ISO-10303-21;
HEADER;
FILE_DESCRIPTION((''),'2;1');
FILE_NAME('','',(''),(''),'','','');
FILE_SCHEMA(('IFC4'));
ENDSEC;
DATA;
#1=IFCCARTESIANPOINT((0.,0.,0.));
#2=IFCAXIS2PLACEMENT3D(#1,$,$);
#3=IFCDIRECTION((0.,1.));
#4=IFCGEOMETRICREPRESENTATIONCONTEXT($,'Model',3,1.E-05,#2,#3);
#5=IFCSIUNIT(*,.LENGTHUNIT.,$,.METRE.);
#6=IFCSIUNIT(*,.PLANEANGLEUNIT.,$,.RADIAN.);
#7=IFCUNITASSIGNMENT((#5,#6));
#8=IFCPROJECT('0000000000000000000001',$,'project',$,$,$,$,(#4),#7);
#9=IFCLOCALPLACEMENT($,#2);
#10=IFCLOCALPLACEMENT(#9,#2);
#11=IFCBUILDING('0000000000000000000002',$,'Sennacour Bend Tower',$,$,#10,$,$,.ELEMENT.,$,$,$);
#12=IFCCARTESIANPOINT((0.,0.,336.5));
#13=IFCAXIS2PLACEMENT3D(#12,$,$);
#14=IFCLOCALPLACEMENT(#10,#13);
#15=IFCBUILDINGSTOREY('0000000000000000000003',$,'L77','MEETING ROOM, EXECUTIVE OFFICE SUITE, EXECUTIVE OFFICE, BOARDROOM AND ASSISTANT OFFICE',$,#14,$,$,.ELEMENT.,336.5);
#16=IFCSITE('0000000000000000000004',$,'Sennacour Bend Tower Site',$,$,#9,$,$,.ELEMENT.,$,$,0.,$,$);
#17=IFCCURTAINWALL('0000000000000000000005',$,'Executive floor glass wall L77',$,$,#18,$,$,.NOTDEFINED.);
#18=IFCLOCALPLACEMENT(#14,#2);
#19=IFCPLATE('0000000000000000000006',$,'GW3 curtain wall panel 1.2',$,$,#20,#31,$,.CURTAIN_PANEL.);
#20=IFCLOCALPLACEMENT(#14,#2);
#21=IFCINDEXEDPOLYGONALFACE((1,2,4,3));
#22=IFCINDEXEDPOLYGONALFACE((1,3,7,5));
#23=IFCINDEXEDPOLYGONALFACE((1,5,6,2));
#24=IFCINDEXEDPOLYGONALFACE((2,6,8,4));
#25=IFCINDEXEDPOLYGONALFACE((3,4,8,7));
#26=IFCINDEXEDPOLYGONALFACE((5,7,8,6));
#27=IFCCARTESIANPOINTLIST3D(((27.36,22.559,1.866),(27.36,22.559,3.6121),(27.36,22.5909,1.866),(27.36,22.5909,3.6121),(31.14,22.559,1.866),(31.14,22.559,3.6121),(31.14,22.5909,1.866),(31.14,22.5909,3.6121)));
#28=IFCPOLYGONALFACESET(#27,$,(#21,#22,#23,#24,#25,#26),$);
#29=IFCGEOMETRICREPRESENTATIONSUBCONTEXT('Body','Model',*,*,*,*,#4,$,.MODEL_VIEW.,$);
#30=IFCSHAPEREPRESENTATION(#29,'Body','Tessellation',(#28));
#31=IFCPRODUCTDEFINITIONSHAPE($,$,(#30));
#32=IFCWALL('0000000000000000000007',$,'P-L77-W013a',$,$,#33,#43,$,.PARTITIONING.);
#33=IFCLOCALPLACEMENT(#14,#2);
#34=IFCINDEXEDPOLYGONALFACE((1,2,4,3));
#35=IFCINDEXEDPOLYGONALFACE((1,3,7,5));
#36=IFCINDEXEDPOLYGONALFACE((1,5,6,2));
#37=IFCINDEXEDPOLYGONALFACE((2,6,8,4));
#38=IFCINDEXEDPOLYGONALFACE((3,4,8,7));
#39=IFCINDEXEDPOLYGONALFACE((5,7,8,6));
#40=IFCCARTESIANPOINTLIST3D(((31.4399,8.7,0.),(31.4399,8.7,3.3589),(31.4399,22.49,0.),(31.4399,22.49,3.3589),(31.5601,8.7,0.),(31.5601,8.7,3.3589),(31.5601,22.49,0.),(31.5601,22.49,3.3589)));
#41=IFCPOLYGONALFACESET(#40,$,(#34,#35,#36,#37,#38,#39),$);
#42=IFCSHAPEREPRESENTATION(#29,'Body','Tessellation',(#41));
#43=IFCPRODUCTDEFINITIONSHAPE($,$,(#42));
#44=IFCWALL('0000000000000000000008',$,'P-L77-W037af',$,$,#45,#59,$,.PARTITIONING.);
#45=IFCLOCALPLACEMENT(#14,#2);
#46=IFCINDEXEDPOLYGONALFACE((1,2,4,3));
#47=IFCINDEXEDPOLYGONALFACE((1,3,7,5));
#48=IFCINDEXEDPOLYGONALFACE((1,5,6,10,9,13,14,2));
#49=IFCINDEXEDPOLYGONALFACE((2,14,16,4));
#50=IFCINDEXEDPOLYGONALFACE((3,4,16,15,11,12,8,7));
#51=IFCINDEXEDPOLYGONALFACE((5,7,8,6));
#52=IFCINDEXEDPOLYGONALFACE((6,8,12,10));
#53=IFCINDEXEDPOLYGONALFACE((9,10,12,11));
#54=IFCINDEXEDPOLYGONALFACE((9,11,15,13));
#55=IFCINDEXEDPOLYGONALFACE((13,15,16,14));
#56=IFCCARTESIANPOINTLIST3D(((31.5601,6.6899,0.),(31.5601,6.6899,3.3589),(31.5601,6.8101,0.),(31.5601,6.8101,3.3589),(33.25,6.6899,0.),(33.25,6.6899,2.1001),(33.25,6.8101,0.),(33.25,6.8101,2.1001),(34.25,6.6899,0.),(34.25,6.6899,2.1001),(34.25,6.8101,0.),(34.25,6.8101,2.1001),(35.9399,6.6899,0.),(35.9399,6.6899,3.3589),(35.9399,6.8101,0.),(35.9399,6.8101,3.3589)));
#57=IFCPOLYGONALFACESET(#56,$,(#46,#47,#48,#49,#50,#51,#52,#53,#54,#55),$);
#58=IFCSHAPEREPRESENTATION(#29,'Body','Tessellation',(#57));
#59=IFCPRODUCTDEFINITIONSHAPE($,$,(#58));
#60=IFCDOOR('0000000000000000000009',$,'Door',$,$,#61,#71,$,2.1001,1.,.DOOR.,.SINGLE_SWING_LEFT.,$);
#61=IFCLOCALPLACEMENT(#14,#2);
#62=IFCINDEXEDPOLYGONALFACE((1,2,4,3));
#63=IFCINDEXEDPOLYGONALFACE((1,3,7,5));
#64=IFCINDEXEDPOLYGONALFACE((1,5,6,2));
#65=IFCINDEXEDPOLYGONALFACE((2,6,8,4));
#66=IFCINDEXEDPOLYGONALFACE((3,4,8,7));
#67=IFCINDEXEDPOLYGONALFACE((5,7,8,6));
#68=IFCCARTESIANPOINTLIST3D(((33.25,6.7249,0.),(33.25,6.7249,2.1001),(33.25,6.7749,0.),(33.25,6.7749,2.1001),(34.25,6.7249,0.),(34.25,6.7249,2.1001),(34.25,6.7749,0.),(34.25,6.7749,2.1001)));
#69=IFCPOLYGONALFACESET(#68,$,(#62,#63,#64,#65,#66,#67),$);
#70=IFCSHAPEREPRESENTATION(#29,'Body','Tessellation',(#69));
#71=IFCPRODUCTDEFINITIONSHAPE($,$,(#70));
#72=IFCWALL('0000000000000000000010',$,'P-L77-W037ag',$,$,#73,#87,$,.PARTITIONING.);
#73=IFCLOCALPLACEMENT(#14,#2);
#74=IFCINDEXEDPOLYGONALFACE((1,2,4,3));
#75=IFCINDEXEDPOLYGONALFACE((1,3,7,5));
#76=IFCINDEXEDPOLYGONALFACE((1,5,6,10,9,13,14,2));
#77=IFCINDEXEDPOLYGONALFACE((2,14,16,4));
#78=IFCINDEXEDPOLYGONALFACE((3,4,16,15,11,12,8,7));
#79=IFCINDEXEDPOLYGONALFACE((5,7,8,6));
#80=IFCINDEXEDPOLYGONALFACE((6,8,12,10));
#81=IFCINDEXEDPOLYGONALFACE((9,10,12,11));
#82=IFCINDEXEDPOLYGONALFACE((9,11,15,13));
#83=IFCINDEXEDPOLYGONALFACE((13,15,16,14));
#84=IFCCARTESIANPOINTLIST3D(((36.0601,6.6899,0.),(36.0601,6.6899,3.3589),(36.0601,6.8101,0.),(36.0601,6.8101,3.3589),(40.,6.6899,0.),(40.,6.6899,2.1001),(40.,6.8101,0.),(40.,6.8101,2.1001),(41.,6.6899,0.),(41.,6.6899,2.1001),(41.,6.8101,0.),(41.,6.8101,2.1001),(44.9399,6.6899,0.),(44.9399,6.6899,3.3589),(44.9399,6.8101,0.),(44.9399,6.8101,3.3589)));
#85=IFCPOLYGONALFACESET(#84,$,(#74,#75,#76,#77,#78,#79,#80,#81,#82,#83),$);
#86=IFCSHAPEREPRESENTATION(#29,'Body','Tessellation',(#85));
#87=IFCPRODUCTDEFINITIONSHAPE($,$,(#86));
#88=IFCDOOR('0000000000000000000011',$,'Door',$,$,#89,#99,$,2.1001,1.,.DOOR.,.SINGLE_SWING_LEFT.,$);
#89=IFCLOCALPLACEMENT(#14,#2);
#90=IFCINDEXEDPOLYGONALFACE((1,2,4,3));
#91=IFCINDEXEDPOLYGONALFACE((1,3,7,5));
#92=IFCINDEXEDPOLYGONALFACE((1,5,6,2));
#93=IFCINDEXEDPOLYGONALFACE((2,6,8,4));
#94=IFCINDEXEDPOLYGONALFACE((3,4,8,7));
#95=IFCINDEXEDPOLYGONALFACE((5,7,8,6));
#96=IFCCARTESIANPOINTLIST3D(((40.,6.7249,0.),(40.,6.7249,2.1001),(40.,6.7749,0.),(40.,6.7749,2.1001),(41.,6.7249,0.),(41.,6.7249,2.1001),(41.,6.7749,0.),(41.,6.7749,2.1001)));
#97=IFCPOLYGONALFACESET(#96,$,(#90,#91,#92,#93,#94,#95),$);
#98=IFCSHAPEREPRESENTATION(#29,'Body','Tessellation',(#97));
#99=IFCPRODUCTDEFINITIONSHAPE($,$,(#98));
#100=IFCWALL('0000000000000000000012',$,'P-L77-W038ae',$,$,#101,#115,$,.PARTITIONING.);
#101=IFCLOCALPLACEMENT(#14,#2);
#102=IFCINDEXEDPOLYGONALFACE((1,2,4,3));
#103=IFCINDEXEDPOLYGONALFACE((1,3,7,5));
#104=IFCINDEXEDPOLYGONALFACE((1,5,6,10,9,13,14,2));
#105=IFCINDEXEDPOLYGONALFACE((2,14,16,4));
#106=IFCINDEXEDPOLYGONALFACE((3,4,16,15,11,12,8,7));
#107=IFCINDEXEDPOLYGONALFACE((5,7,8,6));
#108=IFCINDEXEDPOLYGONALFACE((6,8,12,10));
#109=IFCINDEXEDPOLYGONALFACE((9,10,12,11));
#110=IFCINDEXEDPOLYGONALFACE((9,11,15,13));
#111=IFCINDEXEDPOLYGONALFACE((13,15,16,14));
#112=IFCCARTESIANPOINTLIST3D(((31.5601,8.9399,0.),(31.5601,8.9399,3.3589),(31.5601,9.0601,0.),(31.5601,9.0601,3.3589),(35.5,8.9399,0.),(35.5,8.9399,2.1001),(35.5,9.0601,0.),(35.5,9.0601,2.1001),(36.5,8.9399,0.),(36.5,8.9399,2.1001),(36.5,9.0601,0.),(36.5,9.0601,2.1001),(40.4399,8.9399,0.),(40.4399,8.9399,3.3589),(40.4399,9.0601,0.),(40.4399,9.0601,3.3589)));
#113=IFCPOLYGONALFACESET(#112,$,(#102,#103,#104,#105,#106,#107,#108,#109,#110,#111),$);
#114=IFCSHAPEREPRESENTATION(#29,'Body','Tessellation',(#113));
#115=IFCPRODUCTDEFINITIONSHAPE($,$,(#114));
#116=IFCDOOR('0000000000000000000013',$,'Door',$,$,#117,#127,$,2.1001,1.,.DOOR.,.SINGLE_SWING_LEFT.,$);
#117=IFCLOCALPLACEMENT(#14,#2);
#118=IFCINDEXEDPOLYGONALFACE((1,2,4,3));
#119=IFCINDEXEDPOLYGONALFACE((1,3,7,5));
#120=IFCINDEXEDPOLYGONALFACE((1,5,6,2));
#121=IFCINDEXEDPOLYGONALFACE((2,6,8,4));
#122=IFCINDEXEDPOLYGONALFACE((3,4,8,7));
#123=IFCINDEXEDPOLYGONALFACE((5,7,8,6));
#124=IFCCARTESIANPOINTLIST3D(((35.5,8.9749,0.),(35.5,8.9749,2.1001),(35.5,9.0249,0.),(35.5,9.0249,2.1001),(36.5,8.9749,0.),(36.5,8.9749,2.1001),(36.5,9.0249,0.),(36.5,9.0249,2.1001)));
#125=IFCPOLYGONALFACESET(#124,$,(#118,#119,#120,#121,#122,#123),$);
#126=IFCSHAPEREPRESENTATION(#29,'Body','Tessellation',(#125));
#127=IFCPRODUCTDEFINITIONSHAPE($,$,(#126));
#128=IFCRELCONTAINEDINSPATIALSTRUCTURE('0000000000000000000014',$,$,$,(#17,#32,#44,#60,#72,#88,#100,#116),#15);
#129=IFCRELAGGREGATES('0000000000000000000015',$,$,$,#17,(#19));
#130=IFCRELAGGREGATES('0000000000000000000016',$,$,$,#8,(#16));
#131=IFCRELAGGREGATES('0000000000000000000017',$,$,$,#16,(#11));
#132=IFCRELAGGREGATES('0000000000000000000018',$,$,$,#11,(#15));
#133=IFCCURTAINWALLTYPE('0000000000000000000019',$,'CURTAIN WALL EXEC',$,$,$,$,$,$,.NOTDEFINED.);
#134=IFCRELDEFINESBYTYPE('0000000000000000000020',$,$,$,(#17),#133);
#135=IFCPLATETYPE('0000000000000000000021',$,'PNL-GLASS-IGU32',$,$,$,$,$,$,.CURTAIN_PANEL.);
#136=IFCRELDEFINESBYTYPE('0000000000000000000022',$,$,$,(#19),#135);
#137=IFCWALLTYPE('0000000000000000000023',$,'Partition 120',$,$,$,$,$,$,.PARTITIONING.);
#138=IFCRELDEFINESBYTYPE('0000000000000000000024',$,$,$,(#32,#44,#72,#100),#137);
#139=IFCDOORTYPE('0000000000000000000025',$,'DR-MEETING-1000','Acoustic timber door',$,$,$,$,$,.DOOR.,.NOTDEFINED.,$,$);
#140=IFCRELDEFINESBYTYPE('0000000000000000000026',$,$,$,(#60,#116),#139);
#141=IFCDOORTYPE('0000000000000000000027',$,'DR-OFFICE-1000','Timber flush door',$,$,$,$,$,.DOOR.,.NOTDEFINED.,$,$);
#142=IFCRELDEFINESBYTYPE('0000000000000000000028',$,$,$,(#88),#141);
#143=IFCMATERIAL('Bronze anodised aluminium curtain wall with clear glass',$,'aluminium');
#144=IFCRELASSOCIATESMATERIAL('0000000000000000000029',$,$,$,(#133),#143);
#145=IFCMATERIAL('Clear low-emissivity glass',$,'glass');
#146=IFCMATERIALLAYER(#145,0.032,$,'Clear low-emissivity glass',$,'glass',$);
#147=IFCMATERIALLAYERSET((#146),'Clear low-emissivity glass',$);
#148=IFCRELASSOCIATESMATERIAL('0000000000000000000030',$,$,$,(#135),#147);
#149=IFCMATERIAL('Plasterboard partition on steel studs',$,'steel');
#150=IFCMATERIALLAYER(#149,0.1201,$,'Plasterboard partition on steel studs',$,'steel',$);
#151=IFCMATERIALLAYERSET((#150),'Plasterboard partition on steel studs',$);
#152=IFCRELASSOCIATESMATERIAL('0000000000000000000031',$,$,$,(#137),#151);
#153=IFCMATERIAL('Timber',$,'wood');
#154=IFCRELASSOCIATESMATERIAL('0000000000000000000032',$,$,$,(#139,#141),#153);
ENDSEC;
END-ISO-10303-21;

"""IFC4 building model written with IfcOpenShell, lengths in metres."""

from ifc_helpers import new_model, si_unit, direction, frame, frame_2d, origin, origin_2d, place, context, subcontext, project, spatial, rectangle, extrude, material, layer, layer_set, type_object, element, fill, aggregate, save


model = new_model("IFC4")

# Units and contexts
model_context = context("Model", 3, precision=1e-05, world=origin(), true_north=direction((0.0, 1.0)))
body_context = subcontext(model_context, "Body", "Model", "MODEL_VIEW")
ifc_project = project(units=[si_unit("LENGTHUNIT", "METRE"), si_unit("PLANEANGLEUNIT", "RADIAN")], contexts=[model_context])

# Site, building, storey
site_placement = place(None, origin())
site = spatial("IfcSite", under=ifc_project, at=site_placement, Name="Sennacour Bend Tower Site", CompositionType="ELEMENT", RefElevation=0.0)
building_placement = place(site_placement, origin())
building = spatial("IfcBuilding", under=site, at=building_placement, Name="Sennacour Bend Tower", CompositionType="ELEMENT")
storey_placement = place(building_placement, frame((0.0, 0.0, 336.5)))
storey = spatial("IfcBuildingStorey", under=building, at=storey_placement, Name="L77", Description="MEETING ROOM, EXECUTIVE OFFICE SUITE, EXECUTIVE OFFICE, BOARDROOM AND ASSISTANT OFFICE", CompositionType="ELEMENT", Elevation=336.5)

# Shared definitions
ifc_material_1 = material(Name="Bronze anodised aluminium curtain wall with clear glass", Category="aluminium")
curtain_wall_type = type_object("IfcCurtainWallType", Name="CURTAIN WALL EXEC", PredefinedType="NOTDEFINED", material=ifc_material_1)

# Curtain wall
curtain_wall_1_placement = place(storey_placement, origin())
curtain_wall_1 = element("IfcCurtainWall", 1, at=curtain_wall_1_placement, inside=storey, type_object=curtain_wall_type, Name="Executive floor glass wall L77", PredefinedType="NOTDEFINED")

# Plate
ifc_material_2 = material(Name="Clear low-emissivity glass", Category="glass")
ifc_layer_1 = layer(ifc_material_2, 0.032, Name="Clear low-emissivity glass", Category="glass")
ifc_layer_set_1 = layer_set([ifc_layer_1], Name="Clear low-emissivity glass")
plate_type = type_object("IfcPlateType", Name="PNL-GLASS-IGU32", PredefinedType="CURTAIN_PANEL", material=ifc_layer_set_1)
plate_1_placement = place(storey_placement, frame((29.25, 22.575, 1.866), z_axis=(0.0, 0.0, 1.0), x_axis=(-1.0, 0.0, 0.0)))
plate_1 = element("IfcPlate", 2, at=plate_1_placement, type_object=plate_type, Name="GW3 curtain wall panel 1.2", PredefinedType="CURTAIN_PANEL", context=body_context, shape_type="SweptSolid", body=[
    extrude(rectangle(XDim=3.78, YDim=0.032, at=origin_2d()), origin(), (0.0, 0.0, 1.0), 1.7461),
])
aggregate(curtain_wall_1, [plate_1])

# Wall
ifc_material_3 = material(Name="Plasterboard partition on steel studs", Category="steel")
ifc_layer_2 = layer(ifc_material_3, 0.1201, Name="Plasterboard partition on steel studs", Category="steel")
ifc_layer_set_2 = layer_set([ifc_layer_2], Name="Plasterboard partition on steel studs")
wall_type = type_object("IfcWallType", Name="Partition 120", PredefinedType="PARTITIONING", material=ifc_layer_set_2)
wall_1_placement = place(storey_placement, frame((31.5, 8.7, 0.0), z_axis=(0.0, 0.0, 1.0), x_axis=(0.0, 1.0, 0.0)))
element("IfcWall", 3, at=wall_1_placement, inside=storey, type_object=wall_type, Name="P-L77-W013a", PredefinedType="PARTITIONING", context=body_context, shape_type="SweptSolid", body=[
    extrude(rectangle(XDim=13.79, YDim=0.1201, at=frame_2d((6.895, 0.0))), origin(), (0.0, 0.0, 1.0), 3.3589),
])

# Walls, openings, doors
wall_2_placement = place(storey_placement, frame((31.5601, 6.75, 0.0), z_axis=(0.0, 0.0, 1.0), x_axis=(1.0, 0.0, 0.0)))
wall_2 = element("IfcWall", 4, at=wall_2_placement, inside=storey, type_object=wall_type, Name="P-L77-W037af", PredefinedType="PARTITIONING", context=body_context, shape_type="SweptSolid", body=[
    extrude(rectangle(XDim=4.3799, YDim=0.1201, at=frame_2d((2.1899, 0.0))), origin(), (0.0, 0.0, 1.0), 3.3589),
])
opening_1_placement = place(wall_2_placement, frame((1.6899, 0.0, 0.0)))
opening_1 = element("IfcOpeningElement", 5, at=opening_1_placement, cuts=wall_2, PredefinedType="OPENING", context=body_context, shape_type="SweptSolid", body=[
    extrude(rectangle(XDim=1.0, YDim=2.1001, at=frame_2d((0.5, 1.05))), frame((0.0, 0.0701, 0.0), z_axis=(0.0, -1.0, 0.0), x_axis=(1.0, 0.0, 0.0)), (0.0, 0.0, 1.0), 0.1401),
])
ifc_material_4 = material(Name="Timber", Category="wood")
door_type_1 = type_object("IfcDoorType", Name="DR-MEETING-1000", Description="Acoustic timber door", OperationType="NOTDEFINED", PredefinedType="DOOR", material=ifc_material_4)
door_1_placement = place(opening_1_placement, origin())
door_1 = element("IfcDoor", 6, at=door_1_placement, inside=storey, type_object=door_type_1, Name="Door", OperationType="SINGLE_SWING_LEFT", OverallHeight=2.1001, OverallWidth=1.0, PredefinedType="DOOR", context=body_context, shape_type="SweptSolid", body=[
    extrude(rectangle(XDim=1.0, YDim=2.1001, at=frame_2d((0.5, 1.05))), frame((0.0, 0.0249, 0.0), z_axis=(0.0, -1.0, 0.0), x_axis=(1.0, 0.0, 0.0)), (0.0, 0.0, 1.0), 0.05),
])
fill(opening_1, door_1)
wall_3_placement = place(storey_placement, frame((36.0601, 6.75, 0.0), z_axis=(0.0, 0.0, 1.0), x_axis=(1.0, 0.0, 0.0)))
wall_3 = element("IfcWall", 7, at=wall_3_placement, inside=storey, type_object=wall_type, Name="P-L77-W037ag", PredefinedType="PARTITIONING", context=body_context, shape_type="SweptSolid", body=[
    extrude(rectangle(XDim=8.8799, YDim=0.1201, at=frame_2d((4.4399, 0.0))), origin(), (0.0, 0.0, 1.0), 3.3589),
])
opening_2_placement = place(wall_3_placement, frame((3.9399, 0.0, 0.0)))
opening_2 = element("IfcOpeningElement", 8, at=opening_2_placement, cuts=wall_3, PredefinedType="OPENING", context=body_context, shape_type="SweptSolid", body=[
    extrude(rectangle(XDim=1.0, YDim=2.1001, at=frame_2d((0.5, 1.05))), frame((0.0, 0.0701, 0.0), z_axis=(0.0, -1.0, 0.0), x_axis=(1.0, 0.0, 0.0)), (0.0, 0.0, 1.0), 0.1401),
])
door_type_2 = type_object("IfcDoorType", Name="DR-OFFICE-1000", Description="Timber flush door", OperationType="NOTDEFINED", PredefinedType="DOOR", material=ifc_material_4)
door_2_placement = place(opening_2_placement, origin())
door_2 = element("IfcDoor", 9, at=door_2_placement, inside=storey, type_object=door_type_2, Name="Door", OperationType="SINGLE_SWING_LEFT", OverallHeight=2.1001, OverallWidth=1.0, PredefinedType="DOOR", context=body_context, shape_type="SweptSolid", body=[
    extrude(rectangle(XDim=1.0, YDim=2.1001, at=frame_2d((0.5, 1.05))), frame((0.0, 0.0249, 0.0), z_axis=(0.0, -1.0, 0.0), x_axis=(1.0, 0.0, 0.0)), (0.0, 0.0, 1.0), 0.05),
])
fill(opening_2, door_2)
wall_4_placement = place(storey_placement, frame((31.5601, 9.0, 0.0), z_axis=(0.0, 0.0, 1.0), x_axis=(1.0, 0.0, 0.0)))
wall_4 = element("IfcWall", 10, at=wall_4_placement, inside=storey, type_object=wall_type, Name="P-L77-W038ae", PredefinedType="PARTITIONING", context=body_context, shape_type="SweptSolid", body=[
    extrude(rectangle(XDim=8.8799, YDim=0.1201, at=frame_2d((4.4399, 0.0))), origin(), (0.0, 0.0, 1.0), 3.3589),
])
opening_3_placement = place(wall_4_placement, frame((3.9399, 0.0, 0.0)))
opening_3 = element("IfcOpeningElement", 11, at=opening_3_placement, cuts=wall_4, PredefinedType="OPENING", context=body_context, shape_type="SweptSolid", body=[
    extrude(rectangle(XDim=1.0, YDim=2.1001, at=frame_2d((0.5, 1.05))), frame((0.0, 0.0701, 0.0), z_axis=(0.0, -1.0, 0.0), x_axis=(1.0, 0.0, 0.0)), (0.0, 0.0, 1.0), 0.1401),
])
door_3_placement = place(opening_3_placement, origin())
door_3 = element("IfcDoor", 12, at=door_3_placement, inside=storey, type_object=door_type_1, Name="Door", OperationType="SINGLE_SWING_LEFT", OverallHeight=2.1001, OverallWidth=1.0, PredefinedType="DOOR", context=body_context, shape_type="SweptSolid", body=[
    extrude(rectangle(XDim=1.0, YDim=2.1001, at=frame_2d((0.5, 1.05))), frame((0.0, 0.0249, 0.0), z_axis=(0.0, -1.0, 0.0), x_axis=(1.0, 0.0, 0.0)), (0.0, 0.0, 1.0), 0.05),
])
fill(opening_3, door_3)

save(model, "model.ifc")
